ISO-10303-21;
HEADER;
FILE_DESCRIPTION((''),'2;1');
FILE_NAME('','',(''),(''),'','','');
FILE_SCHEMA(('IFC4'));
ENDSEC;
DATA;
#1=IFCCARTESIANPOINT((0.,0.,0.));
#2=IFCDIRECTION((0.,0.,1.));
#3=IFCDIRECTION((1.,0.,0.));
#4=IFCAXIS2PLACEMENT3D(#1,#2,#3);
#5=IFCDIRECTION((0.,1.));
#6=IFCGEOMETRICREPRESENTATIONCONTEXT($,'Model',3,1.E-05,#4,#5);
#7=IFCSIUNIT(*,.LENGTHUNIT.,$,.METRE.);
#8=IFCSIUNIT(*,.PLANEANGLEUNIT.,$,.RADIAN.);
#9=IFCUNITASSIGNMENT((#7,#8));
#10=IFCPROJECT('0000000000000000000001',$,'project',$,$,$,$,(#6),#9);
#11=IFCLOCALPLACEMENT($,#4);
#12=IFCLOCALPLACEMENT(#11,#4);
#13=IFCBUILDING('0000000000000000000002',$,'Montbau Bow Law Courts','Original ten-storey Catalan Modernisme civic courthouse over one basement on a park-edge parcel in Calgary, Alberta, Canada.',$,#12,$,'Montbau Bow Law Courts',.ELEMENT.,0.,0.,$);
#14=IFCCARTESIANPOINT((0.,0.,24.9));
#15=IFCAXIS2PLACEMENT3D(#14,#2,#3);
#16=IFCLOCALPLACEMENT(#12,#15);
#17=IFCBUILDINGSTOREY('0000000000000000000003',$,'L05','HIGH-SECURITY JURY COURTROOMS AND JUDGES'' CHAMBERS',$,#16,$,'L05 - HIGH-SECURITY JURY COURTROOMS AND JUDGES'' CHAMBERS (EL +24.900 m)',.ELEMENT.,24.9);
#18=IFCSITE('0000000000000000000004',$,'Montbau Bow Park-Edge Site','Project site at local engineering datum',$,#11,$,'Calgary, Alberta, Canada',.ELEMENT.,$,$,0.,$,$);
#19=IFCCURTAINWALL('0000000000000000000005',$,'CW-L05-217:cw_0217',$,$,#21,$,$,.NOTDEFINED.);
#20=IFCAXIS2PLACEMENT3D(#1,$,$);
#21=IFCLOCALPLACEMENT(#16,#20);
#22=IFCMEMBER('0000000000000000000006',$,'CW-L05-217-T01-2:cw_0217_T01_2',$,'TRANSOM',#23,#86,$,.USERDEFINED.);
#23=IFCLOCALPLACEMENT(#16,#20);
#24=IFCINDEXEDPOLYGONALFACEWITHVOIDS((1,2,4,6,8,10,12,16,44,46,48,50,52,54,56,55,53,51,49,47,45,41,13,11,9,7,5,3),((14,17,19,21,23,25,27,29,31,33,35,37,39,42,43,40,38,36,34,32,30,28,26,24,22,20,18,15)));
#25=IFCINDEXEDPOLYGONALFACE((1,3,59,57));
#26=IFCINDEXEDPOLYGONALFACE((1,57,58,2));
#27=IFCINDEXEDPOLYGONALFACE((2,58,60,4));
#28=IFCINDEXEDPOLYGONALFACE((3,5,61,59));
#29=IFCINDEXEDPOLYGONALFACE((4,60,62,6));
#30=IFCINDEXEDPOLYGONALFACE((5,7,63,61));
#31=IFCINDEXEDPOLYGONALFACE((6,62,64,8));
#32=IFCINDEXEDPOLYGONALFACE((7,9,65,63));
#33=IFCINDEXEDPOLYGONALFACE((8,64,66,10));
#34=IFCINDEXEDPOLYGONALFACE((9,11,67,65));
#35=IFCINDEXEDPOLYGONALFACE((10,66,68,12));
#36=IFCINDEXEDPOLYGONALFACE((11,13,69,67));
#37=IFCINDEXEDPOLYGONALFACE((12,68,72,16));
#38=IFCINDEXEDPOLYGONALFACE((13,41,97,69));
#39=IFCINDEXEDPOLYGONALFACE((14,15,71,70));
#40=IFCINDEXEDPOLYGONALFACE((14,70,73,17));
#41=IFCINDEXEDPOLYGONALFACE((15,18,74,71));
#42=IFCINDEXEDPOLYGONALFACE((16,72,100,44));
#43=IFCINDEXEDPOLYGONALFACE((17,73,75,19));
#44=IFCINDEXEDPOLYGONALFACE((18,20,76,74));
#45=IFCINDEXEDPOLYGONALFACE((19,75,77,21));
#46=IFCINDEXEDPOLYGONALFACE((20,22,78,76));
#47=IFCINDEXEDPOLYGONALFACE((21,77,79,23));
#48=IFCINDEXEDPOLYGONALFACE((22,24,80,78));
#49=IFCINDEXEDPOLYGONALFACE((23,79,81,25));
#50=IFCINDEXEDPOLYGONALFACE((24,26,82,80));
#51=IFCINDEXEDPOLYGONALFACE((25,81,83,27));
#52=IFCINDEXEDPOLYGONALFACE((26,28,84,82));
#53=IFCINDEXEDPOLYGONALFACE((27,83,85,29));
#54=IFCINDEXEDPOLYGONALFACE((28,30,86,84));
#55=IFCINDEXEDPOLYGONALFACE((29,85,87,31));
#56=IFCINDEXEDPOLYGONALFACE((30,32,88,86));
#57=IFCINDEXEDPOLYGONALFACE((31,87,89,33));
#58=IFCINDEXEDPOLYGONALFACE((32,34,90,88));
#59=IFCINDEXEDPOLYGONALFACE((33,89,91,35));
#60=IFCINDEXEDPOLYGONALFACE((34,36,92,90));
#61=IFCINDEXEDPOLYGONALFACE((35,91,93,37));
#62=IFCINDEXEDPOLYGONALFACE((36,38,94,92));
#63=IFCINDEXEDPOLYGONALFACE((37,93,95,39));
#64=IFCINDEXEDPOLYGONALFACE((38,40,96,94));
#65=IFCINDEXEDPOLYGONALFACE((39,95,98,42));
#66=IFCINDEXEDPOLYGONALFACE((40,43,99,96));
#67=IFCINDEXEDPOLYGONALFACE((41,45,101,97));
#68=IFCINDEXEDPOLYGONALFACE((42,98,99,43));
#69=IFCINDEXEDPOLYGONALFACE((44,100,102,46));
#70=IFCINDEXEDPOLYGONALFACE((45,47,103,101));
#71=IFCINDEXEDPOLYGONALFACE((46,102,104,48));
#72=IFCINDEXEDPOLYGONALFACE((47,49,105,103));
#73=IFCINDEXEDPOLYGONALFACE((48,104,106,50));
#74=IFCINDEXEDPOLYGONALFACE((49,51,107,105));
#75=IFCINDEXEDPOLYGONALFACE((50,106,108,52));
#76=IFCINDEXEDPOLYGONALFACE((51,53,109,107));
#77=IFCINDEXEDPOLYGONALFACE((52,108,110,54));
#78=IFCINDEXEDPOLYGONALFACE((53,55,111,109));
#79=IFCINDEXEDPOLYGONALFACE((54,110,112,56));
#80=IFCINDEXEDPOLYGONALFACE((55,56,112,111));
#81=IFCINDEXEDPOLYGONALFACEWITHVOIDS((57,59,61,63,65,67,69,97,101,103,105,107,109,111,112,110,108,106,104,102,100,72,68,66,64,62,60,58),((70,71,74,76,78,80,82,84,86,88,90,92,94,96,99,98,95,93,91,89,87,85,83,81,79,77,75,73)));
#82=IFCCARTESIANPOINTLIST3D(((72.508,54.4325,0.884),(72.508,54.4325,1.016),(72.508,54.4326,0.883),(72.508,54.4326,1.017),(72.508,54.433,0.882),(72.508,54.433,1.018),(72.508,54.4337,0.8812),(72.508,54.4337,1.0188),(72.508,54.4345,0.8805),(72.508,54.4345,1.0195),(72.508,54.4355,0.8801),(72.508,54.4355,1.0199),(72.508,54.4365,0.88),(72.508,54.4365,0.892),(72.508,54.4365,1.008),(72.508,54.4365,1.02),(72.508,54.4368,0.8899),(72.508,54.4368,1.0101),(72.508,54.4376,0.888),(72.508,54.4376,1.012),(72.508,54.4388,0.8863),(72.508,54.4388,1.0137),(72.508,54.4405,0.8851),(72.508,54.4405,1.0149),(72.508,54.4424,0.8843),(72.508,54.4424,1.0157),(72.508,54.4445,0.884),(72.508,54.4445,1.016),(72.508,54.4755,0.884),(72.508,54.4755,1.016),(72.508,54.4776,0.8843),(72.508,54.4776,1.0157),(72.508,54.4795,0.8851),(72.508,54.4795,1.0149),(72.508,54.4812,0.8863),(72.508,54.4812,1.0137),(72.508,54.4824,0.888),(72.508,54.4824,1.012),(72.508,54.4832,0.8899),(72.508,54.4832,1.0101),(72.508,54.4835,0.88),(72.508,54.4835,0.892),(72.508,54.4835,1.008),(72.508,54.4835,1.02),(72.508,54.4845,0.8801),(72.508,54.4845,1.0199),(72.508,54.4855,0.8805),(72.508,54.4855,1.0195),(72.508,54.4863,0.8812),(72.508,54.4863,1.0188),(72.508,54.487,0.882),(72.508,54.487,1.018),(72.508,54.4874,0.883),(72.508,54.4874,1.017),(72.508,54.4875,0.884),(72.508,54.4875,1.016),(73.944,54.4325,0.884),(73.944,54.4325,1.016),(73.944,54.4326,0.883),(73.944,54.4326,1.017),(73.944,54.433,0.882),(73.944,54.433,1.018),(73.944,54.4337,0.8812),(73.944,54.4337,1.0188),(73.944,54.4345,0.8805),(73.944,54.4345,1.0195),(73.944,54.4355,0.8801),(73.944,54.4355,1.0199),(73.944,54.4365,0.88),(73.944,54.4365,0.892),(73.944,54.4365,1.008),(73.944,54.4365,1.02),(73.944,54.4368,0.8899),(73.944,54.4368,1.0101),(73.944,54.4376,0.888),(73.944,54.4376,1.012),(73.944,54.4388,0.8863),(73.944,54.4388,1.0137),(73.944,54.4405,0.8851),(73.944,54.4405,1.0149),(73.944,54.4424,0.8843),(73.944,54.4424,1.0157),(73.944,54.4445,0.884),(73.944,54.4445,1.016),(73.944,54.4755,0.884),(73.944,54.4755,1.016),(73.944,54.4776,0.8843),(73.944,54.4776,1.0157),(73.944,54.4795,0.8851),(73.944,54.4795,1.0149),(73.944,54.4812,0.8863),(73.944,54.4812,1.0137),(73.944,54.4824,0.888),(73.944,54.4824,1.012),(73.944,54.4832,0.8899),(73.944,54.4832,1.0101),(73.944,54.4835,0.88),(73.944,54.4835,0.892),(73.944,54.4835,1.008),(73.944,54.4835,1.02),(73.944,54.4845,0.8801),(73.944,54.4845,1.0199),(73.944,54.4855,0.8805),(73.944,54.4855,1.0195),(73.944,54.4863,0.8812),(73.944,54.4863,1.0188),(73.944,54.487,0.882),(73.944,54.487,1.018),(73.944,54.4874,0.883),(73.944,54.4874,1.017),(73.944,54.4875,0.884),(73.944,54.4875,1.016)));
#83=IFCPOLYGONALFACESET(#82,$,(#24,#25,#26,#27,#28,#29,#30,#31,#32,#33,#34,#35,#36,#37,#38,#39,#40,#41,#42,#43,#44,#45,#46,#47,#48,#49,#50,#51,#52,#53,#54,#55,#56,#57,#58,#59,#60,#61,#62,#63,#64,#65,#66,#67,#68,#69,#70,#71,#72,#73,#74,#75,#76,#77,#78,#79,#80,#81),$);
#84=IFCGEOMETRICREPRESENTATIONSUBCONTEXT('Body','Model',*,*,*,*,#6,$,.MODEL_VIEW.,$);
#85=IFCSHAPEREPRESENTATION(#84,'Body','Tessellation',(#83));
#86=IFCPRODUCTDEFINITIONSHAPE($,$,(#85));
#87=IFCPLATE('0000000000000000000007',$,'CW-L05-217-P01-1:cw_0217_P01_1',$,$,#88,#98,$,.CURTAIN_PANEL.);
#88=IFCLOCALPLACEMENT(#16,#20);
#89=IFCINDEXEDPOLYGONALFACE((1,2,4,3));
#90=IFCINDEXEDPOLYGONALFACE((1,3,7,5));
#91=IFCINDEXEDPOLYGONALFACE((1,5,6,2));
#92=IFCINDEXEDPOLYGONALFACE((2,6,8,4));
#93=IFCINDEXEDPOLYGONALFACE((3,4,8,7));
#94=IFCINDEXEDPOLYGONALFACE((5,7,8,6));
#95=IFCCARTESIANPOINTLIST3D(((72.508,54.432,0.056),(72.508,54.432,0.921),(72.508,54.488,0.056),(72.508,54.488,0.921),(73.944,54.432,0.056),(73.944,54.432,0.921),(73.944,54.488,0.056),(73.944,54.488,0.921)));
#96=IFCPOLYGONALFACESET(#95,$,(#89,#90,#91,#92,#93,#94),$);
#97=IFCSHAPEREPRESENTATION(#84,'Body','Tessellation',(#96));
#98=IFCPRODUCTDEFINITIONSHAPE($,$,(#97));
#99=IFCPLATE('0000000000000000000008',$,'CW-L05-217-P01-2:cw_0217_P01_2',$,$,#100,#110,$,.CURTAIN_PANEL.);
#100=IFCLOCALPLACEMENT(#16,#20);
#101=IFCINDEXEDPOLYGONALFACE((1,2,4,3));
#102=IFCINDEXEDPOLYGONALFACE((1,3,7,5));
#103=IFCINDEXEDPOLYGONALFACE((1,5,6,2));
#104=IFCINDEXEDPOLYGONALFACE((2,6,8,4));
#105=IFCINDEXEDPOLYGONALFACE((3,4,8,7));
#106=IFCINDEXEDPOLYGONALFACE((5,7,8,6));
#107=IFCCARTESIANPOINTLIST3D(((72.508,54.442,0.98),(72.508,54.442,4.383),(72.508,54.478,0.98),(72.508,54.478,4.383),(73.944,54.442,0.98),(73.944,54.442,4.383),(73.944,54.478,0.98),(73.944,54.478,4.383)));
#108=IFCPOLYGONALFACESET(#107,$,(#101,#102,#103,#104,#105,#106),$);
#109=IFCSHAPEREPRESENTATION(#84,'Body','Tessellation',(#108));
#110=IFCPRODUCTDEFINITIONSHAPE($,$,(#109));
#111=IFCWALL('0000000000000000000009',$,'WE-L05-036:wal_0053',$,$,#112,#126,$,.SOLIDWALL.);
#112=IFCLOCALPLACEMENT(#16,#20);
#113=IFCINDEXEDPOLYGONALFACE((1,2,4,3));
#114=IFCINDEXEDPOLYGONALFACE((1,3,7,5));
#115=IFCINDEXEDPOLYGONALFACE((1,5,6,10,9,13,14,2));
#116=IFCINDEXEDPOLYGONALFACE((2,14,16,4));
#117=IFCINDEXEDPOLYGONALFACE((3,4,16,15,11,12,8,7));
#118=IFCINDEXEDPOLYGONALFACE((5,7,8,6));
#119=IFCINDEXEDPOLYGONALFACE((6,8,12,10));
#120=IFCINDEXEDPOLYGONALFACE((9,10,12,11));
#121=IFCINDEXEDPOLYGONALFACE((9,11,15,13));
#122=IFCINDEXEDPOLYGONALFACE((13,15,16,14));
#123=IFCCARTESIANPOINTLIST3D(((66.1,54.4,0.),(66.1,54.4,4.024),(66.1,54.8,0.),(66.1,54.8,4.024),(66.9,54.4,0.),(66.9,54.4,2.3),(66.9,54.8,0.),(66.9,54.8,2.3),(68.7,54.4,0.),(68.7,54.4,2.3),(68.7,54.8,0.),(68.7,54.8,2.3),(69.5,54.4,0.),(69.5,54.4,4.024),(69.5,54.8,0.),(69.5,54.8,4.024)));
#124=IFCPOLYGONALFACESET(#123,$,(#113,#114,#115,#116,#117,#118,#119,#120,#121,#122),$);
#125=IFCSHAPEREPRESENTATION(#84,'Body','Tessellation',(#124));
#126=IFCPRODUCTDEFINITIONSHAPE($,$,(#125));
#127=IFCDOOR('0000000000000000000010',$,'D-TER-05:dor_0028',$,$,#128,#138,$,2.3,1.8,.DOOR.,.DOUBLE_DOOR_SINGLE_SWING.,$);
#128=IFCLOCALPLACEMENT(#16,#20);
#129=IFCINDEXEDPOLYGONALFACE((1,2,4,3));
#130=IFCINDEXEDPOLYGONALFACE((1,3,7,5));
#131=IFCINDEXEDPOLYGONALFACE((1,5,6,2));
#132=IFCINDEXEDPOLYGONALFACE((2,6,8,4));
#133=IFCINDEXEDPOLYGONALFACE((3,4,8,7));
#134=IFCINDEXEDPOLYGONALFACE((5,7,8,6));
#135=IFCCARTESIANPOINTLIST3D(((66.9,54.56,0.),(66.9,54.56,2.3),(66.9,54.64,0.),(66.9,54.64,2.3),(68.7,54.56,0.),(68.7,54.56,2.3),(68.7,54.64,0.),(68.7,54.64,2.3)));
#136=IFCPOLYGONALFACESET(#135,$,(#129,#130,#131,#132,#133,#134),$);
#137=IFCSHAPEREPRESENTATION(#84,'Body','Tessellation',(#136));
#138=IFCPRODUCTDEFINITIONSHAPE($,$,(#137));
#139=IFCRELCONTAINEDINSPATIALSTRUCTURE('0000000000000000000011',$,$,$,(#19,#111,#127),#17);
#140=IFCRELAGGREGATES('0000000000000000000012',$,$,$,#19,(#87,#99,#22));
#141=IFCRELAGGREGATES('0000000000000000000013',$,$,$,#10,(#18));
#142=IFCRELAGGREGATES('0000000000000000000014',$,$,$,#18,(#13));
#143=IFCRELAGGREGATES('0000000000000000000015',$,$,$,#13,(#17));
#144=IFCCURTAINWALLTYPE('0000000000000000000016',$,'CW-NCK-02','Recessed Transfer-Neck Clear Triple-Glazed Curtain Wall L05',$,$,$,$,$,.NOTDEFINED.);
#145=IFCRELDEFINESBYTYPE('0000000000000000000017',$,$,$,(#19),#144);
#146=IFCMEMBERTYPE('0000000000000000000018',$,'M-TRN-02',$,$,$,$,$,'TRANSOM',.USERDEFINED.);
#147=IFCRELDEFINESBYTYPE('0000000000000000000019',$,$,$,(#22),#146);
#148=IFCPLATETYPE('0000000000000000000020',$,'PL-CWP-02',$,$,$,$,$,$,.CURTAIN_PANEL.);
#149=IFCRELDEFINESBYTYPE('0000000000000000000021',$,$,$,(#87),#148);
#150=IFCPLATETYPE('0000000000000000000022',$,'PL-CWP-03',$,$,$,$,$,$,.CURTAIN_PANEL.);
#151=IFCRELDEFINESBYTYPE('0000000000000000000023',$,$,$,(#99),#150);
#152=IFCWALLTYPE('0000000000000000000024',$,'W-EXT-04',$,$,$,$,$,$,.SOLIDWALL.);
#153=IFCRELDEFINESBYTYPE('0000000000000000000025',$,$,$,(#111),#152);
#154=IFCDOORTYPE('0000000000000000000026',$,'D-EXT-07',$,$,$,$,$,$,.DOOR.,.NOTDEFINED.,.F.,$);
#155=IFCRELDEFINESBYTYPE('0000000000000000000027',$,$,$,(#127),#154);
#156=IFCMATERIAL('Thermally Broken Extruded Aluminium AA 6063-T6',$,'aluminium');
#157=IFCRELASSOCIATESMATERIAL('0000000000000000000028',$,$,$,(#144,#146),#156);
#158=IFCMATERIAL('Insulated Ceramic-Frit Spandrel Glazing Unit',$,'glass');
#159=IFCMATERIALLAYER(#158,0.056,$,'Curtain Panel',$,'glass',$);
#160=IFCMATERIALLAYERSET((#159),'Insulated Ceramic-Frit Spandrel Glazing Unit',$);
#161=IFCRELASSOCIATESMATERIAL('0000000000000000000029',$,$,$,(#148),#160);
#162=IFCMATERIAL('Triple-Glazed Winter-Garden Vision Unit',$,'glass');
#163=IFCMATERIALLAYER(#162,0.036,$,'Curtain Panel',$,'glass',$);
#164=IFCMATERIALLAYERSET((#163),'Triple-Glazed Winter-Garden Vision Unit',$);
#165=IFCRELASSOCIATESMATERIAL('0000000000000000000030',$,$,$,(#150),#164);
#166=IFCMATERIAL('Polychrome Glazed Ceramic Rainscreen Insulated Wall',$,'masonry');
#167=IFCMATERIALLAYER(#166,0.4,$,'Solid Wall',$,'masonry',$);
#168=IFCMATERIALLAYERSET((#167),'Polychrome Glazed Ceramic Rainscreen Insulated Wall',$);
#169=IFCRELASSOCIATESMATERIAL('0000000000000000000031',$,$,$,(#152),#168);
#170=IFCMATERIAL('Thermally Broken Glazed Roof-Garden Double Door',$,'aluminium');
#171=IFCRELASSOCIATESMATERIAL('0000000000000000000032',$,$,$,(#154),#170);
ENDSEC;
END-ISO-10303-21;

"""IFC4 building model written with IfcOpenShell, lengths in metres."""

from ifc_helpers import new_model, si_unit, direction, frame, frame_2d, origin_with_axes, origin_2d_with_axis, place, context, subcontext, project, spatial, rectangle, hollow_rectangle, extrude, material, layer, layer_set, material_profile, profile_set, type_object, element, fill, aggregate, save


model = new_model("IFC4")

# Units and contexts
model_context = context("Model", 3, precision=1e-05, world=origin_with_axes(), true_north=direction((0.0, 1.0)))
body_context = subcontext(model_context, "Body", "Model", "MODEL_VIEW")
ifc_project = project(units=[si_unit("LENGTHUNIT", "METRE"), si_unit("PLANEANGLEUNIT", "RADIAN")], contexts=[model_context])

# Site, building, storey
site_placement = place(None, origin_with_axes())
site = spatial("IfcSite", under=ifc_project, at=site_placement, Name="Montbau Bow Park-Edge Site", Description="Project site at local engineering datum", LongName="Calgary, Alberta, Canada", CompositionType="ELEMENT", RefElevation=0.0)
building_placement = place(site_placement, origin_with_axes())
building = spatial("IfcBuilding", under=site, at=building_placement, Name="Montbau Bow Law Courts", Description="Original ten-storey Catalan Modernisme civic courthouse over one basement on a park-edge parcel in Calgary, Alberta, Canada.", LongName="Montbau Bow Law Courts", CompositionType="ELEMENT", ElevationOfRefHeight=0.0, ElevationOfTerrain=0.0)
storey_placement = place(building_placement, frame((0.0, 0.0, 24.9), z_axis=(0.0, 0.0, 1.0), x_axis=(1.0, 0.0, 0.0)))
storey = spatial("IfcBuildingStorey", under=building, at=storey_placement, Name="L05", Description="HIGH-SECURITY JURY COURTROOMS AND JUDGES' CHAMBERS", LongName="L05 - HIGH-SECURITY JURY COURTROOMS AND JUDGES' CHAMBERS (EL +24.900 m)", CompositionType="ELEMENT", Elevation=24.9)

# Curtain wall
ifc_material_1 = material(Name="Thermally Broken Extruded Aluminium AA 6063-T6", Category="aluminium")
curtain_wall_type = type_object("IfcCurtainWallType", Name="CW-NCK-02", Description="Recessed Transfer-Neck Clear Triple-Glazed Curtain Wall L05", PredefinedType="NOTDEFINED", material=ifc_material_1)
curtain_wall_1_placement = place(None, frame((72.44, 54.46, 24.9), z_axis=(0.0, 0.0, 1.0), x_axis=(1.0, 0.0, 0.0)))
curtain_wall_1 = element("IfcCurtainWall", 1, at=curtain_wall_1_placement, inside=storey, type_object=curtain_wall_type, Name="CW-L05-217:cw_0217", PredefinedType="NOTDEFINED")

# Member
ifc_material_profile_1 = material_profile(ifc_material_1, hollow_rectangle(XDim=0.055, YDim=0.14, WallThickness=0.004, InnerFilletRadius=0.008, OuterFilletRadius=0.004, at=origin_2d_with_axis()), Name="CWT-140X55", Category="Main", Priority=0)
ifc_profile_set_1 = profile_set([ifc_material_profile_1], Name="Thermally Broken Extruded Aluminium AA 6063-T6")
member_type_1 = type_object("IfcMemberType", Name="M-TRN-02", ElementType="TRANSOM", PredefinedType="USERDEFINED", material=ifc_profile_set_1)
member_1_placement = place(None, frame((72.508, 54.46, 25.85), z_axis=(1.0, 0.0, 0.0), x_axis=(0.0, 1.0, 0.0)))
member_1 = element("IfcMember", 2, at=member_1_placement, type_object=member_type_1, Name="CW-L05-217-T01-2:cw_0217_T01_2", ObjectType="TRANSOM", PredefinedType="USERDEFINED", context=body_context, shape_type="SweptSolid", body=[
    extrude(hollow_rectangle(XDim=0.055, YDim=0.14, WallThickness=0.004, InnerFilletRadius=0.008, OuterFilletRadius=0.004, at=origin_2d_with_axis()), origin_with_axes(), (0.0, 0.0, 1.0), 1.436),
])

# Plates
ifc_material_2 = material(Name="Insulated Ceramic-Frit Spandrel Glazing Unit", Category="glass")
ifc_layer_1 = layer(ifc_material_2, 0.056, Name="Curtain Panel", Category="glass")
ifc_layer_set_1 = layer_set([ifc_layer_1], Name="Insulated Ceramic-Frit Spandrel Glazing Unit")
plate_type_1 = type_object("IfcPlateType", Name="PL-CWP-02", PredefinedType="CURTAIN_PANEL", material=ifc_layer_set_1)
plate_1_placement = place(None, frame((72.508, 54.46, 24.956), z_axis=(0.0, -1.0, 0.0), x_axis=(1.0, 0.0, 0.0)))
plate_1 = element("IfcPlate", 3, at=plate_1_placement, type_object=plate_type_1, Name="CW-L05-217-P01-1:cw_0217_P01_1", PredefinedType="CURTAIN_PANEL", context=body_context, shape_type="SweptSolid", body=[
    extrude(rectangle(XDim=1.436, YDim=0.865, at=frame_2d((0.718, 0.4325), x_axis=(1.0, 0.0))), frame((0.0, 0.0, -0.028), z_axis=(0.0, 0.0, 1.0), x_axis=(1.0, 0.0, 0.0)), (0.0, 0.0, 1.0), 0.056),
])
ifc_material_3 = material(Name="Triple-Glazed Winter-Garden Vision Unit", Category="glass")
ifc_layer_2 = layer(ifc_material_3, 0.036, Name="Curtain Panel", Category="glass")
ifc_layer_set_2 = layer_set([ifc_layer_2], Name="Triple-Glazed Winter-Garden Vision Unit")
plate_type_2 = type_object("IfcPlateType", Name="PL-CWP-03", PredefinedType="CURTAIN_PANEL", material=ifc_layer_set_2)
plate_2_placement = place(None, frame((72.508, 54.46, 25.88), z_axis=(0.0, -1.0, 0.0), x_axis=(1.0, 0.0, 0.0)))
plate_2 = element("IfcPlate", 4, at=plate_2_placement, type_object=plate_type_2, Name="CW-L05-217-P01-2:cw_0217_P01_2", PredefinedType="CURTAIN_PANEL", context=body_context, shape_type="SweptSolid", body=[
    extrude(rectangle(XDim=1.436, YDim=3.403, at=frame_2d((0.718, 1.7015), x_axis=(1.0, 0.0))), frame((0.0, 0.0, -0.018), z_axis=(0.0, 0.0, 1.0), x_axis=(1.0, 0.0, 0.0)), (0.0, 0.0, 1.0), 0.036),
])
aggregate(curtain_wall_1, [plate_1, plate_2, member_1])

# Wall, opening, door
ifc_material_4 = material(Name="Polychrome Glazed Ceramic Rainscreen Insulated Wall", Category="masonry")
ifc_layer_3 = layer(ifc_material_4, 0.4, Name="Solid Wall", Category="masonry")
ifc_layer_set_3 = layer_set([ifc_layer_3], Name="Polychrome Glazed Ceramic Rainscreen Insulated Wall")
wall_type = type_object("IfcWallType", Name="W-EXT-04", PredefinedType="SOLIDWALL", material=ifc_layer_set_3)
wall_placement = place(None, frame((66.1, 54.6, 24.9), z_axis=(0.0, 0.0, 1.0), x_axis=(1.0, 0.0, 0.0)))
wall = element("IfcWall", 5, at=wall_placement, inside=storey, type_object=wall_type, Name="WE-L05-036:wal_0053", PredefinedType="SOLIDWALL", context=body_context, shape_type="SweptSolid", body=[
    extrude(rectangle(XDim=3.4, YDim=0.4, at=frame_2d((1.7, 0.0), x_axis=(1.0, 0.0))), origin_with_axes(), (0.0, 0.0, 1.0), 4.024),
])
opening_placement = place(None, frame((67.8, 54.6, 24.9), z_axis=(0.0, 0.0, 1.0), x_axis=(1.0, 0.0, 0.0)))
opening = element("IfcOpeningElement", 6, at=opening_placement, cuts=wall, PredefinedType="OPENING", context=body_context, shape_type="SweptSolid", body=[
    extrude(rectangle(XDim=1.8, YDim=2.3, at=frame_2d((0.0, 1.15), x_axis=(1.0, 0.0))), frame((0.0, 0.21, 0.0), z_axis=(0.0, -1.0, 0.0), x_axis=(1.0, 0.0, 0.0)), (0.0, 0.0, 1.0), 0.42),
])
ifc_material_5 = material(Name="Thermally Broken Glazed Roof-Garden Double Door", Category="aluminium")
door_type = type_object("IfcDoorType", Name="D-EXT-07", OperationType="NOTDEFINED", ParameterTakesPrecedence=False, PredefinedType="DOOR", material=ifc_material_5)
door_placement = place(None, frame((67.8, 54.6, 24.9), z_axis=(0.0, 0.0, 1.0), x_axis=(1.0, 0.0, 0.0)))
door = element("IfcDoor", 7, at=door_placement, inside=storey, type_object=door_type, Name="D-TER-05:dor_0028", OperationType="DOUBLE_DOOR_SINGLE_SWING", OverallHeight=2.3, OverallWidth=1.8, PredefinedType="DOOR", context=body_context, shape_type="SweptSolid", body=[
    extrude(rectangle(XDim=1.8, YDim=2.3, at=frame_2d((0.0, 1.15), x_axis=(1.0, 0.0))), frame((0.0, 0.04, 0.0), z_axis=(0.0, -1.0, 0.0), x_axis=(1.0, 0.0, 0.0)), (0.0, 0.0, 1.0), 0.08),
])
fill(opening, door)

save(model, "model.ifc")
